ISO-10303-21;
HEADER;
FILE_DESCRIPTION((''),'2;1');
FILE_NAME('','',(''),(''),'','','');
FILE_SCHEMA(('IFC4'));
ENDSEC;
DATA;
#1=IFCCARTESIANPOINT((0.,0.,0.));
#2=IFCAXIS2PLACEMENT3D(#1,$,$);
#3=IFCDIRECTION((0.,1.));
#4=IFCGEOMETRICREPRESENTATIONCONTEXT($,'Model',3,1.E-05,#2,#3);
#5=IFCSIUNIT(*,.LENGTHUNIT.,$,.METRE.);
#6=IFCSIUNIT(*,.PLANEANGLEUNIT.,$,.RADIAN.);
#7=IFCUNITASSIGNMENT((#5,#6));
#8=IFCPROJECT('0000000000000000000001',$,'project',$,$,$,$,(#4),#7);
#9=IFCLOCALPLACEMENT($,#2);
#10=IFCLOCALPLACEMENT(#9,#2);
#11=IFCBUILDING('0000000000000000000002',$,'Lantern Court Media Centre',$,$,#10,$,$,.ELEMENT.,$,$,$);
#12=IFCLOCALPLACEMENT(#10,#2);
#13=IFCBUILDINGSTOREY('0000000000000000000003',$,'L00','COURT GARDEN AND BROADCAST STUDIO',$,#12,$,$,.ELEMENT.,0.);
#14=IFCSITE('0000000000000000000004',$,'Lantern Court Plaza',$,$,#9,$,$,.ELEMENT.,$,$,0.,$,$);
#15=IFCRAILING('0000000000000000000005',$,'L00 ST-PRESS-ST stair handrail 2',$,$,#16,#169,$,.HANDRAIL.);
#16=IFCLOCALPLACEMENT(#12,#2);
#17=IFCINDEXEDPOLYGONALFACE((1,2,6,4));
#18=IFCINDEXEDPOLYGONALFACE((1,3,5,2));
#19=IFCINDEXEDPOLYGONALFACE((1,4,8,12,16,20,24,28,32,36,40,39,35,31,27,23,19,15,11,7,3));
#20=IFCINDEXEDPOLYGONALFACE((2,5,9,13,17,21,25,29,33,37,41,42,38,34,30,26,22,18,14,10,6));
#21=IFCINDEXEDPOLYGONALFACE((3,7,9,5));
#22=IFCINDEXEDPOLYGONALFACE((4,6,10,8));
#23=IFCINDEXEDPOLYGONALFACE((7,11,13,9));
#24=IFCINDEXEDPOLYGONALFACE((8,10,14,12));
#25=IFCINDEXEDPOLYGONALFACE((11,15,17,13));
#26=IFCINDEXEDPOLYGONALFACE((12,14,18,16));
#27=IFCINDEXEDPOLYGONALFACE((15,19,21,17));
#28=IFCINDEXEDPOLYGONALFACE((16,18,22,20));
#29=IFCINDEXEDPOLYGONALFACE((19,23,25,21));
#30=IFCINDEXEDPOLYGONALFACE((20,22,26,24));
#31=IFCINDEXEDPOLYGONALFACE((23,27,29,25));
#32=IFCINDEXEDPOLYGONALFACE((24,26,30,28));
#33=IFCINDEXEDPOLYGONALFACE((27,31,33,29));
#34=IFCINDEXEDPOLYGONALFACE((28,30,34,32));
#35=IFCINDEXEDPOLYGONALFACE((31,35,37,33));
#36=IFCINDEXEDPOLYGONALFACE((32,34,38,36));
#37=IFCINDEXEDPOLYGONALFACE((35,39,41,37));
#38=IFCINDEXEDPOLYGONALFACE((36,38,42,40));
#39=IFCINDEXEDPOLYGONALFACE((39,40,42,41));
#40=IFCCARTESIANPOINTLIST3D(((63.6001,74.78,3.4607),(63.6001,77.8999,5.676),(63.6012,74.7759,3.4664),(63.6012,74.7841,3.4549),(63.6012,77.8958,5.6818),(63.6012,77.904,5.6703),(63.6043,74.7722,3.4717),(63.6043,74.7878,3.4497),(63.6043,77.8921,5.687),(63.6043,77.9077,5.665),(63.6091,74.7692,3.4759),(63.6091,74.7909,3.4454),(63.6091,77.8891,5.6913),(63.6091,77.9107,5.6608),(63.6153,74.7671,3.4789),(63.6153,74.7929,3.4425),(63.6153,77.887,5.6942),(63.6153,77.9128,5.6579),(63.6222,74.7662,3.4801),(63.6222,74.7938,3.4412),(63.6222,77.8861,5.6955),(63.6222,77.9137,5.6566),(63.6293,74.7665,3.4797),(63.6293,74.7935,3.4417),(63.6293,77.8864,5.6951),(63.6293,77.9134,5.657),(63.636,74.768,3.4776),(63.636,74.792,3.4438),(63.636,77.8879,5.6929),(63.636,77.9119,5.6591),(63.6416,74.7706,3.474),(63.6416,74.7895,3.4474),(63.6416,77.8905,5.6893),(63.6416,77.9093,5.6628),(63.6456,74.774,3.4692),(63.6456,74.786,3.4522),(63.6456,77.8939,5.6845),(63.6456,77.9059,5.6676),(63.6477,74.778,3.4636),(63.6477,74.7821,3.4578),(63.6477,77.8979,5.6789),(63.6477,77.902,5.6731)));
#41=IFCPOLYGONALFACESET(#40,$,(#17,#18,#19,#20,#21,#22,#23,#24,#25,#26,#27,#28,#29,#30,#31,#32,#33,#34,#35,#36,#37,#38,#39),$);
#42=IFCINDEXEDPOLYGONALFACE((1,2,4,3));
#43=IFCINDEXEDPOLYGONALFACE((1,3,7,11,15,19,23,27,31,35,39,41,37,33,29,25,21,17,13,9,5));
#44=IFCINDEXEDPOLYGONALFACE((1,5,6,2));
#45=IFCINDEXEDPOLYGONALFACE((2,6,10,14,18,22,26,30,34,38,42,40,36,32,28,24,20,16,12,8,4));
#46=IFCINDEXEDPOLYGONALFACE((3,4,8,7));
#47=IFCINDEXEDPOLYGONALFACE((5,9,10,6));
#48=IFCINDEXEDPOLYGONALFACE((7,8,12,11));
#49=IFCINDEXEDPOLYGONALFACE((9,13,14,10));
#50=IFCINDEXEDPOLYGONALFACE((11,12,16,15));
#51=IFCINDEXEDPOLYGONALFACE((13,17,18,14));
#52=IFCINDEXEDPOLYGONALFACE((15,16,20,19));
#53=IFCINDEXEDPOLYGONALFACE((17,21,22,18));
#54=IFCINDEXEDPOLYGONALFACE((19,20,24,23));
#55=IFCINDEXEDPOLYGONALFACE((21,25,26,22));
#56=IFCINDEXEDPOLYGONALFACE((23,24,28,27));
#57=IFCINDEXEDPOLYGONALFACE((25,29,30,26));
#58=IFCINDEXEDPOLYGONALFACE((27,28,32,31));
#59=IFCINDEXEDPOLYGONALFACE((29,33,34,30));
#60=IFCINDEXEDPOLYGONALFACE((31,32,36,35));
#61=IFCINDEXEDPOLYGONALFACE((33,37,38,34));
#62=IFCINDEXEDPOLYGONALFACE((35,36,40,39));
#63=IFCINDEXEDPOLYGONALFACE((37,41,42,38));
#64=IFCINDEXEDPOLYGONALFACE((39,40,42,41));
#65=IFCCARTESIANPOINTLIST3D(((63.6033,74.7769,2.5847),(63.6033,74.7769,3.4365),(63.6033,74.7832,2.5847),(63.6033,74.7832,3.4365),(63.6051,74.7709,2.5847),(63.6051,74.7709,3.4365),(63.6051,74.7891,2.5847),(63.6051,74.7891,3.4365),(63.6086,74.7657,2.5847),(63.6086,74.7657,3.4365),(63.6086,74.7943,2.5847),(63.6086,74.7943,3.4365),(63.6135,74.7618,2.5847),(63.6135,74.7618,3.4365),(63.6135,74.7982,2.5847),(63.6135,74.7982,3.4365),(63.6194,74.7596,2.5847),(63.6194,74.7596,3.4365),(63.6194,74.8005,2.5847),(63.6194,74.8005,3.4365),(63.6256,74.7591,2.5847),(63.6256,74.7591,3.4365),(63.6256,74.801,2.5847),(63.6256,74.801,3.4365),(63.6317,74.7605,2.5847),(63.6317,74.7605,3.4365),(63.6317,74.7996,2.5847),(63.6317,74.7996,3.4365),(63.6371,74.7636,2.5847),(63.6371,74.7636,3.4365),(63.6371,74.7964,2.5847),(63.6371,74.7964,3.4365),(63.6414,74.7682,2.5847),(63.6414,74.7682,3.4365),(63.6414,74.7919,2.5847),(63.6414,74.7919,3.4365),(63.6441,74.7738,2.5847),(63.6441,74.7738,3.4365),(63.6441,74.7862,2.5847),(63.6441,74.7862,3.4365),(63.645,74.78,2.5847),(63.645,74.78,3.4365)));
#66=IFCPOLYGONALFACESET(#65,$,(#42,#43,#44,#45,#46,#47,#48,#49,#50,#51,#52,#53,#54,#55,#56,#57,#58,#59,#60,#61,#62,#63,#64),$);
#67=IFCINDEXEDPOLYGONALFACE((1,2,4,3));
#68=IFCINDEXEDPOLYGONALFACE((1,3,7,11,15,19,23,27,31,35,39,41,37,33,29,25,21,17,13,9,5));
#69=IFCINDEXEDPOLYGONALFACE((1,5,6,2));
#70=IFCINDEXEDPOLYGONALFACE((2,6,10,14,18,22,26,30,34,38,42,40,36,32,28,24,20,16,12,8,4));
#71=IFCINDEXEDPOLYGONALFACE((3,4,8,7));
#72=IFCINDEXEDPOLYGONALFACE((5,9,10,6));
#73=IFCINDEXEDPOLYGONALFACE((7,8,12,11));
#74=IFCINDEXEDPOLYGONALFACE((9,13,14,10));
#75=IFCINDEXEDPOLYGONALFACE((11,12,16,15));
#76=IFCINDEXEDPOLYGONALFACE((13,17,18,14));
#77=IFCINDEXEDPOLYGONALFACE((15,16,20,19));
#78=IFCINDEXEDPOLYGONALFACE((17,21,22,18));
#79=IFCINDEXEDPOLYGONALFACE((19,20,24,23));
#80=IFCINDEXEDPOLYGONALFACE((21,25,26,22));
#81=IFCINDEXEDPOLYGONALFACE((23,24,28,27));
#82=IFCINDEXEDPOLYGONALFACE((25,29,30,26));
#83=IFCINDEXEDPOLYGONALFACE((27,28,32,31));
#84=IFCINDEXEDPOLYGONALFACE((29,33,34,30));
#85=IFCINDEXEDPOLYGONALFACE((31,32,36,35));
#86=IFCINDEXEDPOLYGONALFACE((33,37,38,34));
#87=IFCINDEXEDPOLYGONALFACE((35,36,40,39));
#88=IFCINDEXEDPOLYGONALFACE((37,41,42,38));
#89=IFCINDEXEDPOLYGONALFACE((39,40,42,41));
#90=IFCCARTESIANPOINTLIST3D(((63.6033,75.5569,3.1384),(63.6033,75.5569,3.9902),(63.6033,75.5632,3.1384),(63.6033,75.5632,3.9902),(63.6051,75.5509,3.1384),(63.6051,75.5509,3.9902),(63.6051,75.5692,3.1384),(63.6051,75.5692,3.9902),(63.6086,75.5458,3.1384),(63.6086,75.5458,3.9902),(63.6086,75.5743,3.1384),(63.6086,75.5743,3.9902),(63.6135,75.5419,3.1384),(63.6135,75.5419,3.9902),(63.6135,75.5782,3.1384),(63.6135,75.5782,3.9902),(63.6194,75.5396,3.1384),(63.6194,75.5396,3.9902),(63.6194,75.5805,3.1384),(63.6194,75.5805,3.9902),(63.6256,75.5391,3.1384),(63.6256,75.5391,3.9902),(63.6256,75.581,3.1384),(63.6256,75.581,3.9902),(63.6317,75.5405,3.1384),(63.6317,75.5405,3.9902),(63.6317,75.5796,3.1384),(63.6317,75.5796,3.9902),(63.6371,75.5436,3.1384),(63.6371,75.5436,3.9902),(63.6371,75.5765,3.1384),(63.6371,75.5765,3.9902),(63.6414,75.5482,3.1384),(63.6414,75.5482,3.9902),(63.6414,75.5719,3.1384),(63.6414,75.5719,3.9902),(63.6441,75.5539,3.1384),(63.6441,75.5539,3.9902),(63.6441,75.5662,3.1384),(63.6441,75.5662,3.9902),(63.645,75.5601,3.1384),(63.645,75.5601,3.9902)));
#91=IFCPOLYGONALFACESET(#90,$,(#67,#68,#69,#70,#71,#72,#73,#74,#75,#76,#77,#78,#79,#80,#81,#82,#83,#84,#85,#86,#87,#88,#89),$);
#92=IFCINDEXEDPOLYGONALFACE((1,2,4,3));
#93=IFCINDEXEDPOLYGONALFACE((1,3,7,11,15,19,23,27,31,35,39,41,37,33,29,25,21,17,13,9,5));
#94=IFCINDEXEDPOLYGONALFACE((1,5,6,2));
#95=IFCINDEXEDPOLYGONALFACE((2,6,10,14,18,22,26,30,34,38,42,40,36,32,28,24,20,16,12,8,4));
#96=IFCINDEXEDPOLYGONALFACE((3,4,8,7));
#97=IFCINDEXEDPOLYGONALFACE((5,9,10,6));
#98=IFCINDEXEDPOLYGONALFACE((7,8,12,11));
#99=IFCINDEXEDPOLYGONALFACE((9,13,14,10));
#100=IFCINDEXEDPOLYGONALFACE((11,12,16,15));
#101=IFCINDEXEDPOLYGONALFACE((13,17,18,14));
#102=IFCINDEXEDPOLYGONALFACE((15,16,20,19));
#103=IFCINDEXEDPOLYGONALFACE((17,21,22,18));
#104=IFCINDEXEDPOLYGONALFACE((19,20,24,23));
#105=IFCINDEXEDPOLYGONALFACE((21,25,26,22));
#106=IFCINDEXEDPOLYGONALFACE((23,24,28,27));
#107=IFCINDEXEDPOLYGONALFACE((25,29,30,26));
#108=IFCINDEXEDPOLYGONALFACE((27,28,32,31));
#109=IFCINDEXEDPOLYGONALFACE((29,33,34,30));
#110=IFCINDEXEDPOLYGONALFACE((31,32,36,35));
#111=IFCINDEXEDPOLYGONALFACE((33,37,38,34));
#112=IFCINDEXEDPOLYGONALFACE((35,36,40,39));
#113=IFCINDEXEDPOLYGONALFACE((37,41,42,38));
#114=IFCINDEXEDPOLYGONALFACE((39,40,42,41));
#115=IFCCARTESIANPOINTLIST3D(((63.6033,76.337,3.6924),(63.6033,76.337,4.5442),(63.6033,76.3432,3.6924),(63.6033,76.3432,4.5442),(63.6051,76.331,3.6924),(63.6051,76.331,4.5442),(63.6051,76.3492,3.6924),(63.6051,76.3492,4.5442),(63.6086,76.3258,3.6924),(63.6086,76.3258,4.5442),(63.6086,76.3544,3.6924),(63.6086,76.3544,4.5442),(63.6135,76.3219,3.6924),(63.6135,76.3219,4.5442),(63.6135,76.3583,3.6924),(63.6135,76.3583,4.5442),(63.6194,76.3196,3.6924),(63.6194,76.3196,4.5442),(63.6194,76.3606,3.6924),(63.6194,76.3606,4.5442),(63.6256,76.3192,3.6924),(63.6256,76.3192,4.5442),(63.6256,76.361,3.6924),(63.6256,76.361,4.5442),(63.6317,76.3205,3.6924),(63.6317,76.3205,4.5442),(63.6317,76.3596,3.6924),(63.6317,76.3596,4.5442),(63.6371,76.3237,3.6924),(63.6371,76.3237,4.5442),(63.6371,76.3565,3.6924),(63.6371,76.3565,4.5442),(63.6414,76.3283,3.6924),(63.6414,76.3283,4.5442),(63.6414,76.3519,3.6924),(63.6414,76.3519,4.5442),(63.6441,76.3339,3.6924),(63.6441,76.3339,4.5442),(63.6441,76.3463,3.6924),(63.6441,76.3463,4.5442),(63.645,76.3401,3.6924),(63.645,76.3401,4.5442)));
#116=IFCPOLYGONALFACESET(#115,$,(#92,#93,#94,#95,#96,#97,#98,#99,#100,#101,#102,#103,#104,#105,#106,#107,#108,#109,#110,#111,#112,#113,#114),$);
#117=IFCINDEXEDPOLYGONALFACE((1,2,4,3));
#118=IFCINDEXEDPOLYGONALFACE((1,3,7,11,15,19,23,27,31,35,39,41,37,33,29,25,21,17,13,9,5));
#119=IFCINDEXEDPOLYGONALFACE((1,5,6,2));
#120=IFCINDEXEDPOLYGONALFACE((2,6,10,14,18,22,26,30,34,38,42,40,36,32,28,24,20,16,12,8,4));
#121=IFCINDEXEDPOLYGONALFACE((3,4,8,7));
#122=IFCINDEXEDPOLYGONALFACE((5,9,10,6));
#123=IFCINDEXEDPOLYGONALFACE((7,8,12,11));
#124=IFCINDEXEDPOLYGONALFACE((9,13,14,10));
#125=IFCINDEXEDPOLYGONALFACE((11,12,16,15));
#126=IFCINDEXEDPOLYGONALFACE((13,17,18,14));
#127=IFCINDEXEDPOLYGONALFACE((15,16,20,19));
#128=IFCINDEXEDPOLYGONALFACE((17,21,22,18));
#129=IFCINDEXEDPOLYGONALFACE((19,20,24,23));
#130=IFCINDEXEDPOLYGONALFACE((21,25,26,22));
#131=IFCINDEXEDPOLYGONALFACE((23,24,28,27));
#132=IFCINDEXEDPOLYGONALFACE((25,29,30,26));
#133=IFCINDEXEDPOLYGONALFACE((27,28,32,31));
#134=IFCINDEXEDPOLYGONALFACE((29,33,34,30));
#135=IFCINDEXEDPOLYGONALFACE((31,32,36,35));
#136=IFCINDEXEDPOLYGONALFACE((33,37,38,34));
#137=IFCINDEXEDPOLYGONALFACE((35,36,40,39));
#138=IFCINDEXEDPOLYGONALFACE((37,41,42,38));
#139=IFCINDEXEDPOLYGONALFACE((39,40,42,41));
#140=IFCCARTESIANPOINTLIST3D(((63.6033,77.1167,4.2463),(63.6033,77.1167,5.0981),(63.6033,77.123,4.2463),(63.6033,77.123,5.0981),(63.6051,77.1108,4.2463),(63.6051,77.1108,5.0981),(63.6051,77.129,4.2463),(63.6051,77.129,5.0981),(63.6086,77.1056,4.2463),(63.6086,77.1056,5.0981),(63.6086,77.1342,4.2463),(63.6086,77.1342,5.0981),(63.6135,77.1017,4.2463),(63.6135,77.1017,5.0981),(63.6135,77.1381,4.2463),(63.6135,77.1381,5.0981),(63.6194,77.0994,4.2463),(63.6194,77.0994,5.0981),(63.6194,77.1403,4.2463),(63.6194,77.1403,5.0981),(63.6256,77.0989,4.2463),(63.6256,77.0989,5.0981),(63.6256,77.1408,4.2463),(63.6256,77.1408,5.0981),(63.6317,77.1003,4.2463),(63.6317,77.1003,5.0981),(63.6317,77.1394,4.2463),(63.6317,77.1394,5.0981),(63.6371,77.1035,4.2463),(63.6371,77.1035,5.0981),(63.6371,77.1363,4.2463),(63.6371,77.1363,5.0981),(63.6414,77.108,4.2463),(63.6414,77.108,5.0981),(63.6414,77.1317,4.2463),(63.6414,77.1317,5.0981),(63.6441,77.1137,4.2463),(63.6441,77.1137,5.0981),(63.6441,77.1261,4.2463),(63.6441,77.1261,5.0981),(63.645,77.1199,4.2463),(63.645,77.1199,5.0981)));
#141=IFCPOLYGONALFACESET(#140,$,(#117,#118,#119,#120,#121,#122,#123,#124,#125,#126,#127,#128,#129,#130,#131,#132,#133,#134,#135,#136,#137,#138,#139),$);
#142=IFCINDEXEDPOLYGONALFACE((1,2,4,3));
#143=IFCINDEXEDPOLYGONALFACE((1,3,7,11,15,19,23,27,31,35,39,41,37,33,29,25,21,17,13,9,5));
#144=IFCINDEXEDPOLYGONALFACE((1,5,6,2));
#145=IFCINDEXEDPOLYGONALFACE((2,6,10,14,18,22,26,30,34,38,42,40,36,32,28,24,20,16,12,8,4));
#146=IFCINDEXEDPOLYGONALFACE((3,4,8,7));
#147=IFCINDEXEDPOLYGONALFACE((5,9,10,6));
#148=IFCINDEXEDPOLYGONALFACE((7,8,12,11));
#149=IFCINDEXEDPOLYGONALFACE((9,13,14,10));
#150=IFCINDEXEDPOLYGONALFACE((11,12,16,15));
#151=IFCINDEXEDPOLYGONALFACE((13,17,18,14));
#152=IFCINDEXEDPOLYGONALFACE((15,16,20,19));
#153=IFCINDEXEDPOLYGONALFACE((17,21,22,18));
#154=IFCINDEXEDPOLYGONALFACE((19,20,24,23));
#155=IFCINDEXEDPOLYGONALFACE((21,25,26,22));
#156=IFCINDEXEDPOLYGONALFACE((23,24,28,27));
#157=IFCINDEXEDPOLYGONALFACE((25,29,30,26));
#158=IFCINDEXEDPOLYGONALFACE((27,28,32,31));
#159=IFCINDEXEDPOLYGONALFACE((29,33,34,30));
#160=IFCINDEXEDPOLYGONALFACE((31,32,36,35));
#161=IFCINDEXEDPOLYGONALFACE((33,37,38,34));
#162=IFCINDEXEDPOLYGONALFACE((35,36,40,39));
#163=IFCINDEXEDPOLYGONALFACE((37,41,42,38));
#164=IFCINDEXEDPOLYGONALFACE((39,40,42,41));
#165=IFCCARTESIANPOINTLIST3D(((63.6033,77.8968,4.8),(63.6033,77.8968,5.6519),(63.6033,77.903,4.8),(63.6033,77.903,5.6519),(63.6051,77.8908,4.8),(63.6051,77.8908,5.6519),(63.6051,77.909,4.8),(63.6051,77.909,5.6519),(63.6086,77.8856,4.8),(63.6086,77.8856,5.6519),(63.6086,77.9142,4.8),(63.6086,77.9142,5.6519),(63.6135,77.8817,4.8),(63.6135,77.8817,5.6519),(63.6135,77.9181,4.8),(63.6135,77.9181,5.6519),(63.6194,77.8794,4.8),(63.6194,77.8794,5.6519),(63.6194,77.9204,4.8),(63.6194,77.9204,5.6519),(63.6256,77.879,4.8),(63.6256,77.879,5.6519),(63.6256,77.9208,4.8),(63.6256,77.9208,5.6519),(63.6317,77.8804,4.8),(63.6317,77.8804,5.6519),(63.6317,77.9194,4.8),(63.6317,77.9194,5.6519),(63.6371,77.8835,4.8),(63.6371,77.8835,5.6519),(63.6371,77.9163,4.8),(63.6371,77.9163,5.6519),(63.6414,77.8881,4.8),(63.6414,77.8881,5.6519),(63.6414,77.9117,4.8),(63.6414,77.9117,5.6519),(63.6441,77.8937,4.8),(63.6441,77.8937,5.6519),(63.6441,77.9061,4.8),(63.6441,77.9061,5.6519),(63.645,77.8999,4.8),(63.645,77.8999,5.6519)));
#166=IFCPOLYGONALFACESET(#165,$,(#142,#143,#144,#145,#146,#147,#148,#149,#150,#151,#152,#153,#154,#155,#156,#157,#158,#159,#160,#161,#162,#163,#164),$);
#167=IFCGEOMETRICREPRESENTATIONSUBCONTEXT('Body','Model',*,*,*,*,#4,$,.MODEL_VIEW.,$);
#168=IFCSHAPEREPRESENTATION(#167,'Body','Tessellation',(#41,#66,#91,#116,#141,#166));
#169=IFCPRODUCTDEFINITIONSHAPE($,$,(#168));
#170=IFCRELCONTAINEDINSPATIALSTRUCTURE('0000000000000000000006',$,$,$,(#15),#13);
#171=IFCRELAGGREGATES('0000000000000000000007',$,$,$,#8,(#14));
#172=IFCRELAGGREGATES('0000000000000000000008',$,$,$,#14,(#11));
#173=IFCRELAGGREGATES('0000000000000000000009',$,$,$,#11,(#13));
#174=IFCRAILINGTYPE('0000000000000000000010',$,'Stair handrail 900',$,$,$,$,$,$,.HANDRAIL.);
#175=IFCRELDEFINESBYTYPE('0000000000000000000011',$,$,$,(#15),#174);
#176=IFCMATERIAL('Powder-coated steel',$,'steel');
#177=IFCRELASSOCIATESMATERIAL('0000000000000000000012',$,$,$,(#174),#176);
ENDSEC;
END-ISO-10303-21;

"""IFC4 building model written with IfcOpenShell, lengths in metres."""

from ifc_helpers import new_model, si_unit, direction, frame, origin, origin_2d, place, context, subcontext, project, spatial, circle, extrude, material, type_object, element, save


model = new_model("IFC4")

# Units and contexts
model_context = context("Model", 3, precision=1e-05, world=origin(), true_north=direction((0.0, 1.0)))
body_context = subcontext(model_context, "Body", "Model", "MODEL_VIEW")
ifc_project = project(units=[si_unit("LENGTHUNIT", "METRE"), si_unit("PLANEANGLEUNIT", "RADIAN")], contexts=[model_context])

# Site, building, storey
site_placement = place(None, origin())
site = spatial("IfcSite", under=ifc_project, at=site_placement, Name="Lantern Court Plaza", CompositionType="ELEMENT", RefElevation=0.0)
building_placement = place(site_placement, origin())
building = spatial("IfcBuilding", under=site, at=building_placement, Name="Lantern Court Media Centre", CompositionType="ELEMENT")
storey_placement = place(building_placement, origin())
storey = spatial("IfcBuildingStorey", under=building, at=storey_placement, Name="L00", Description="COURT GARDEN AND BROADCAST STUDIO", CompositionType="ELEMENT", Elevation=0.0)

# Railing
ifc_material_1 = material(Name="Powder-coated steel", Category="steel")
railing_type_1 = type_object("IfcRailingType", Name="Stair handrail 900", PredefinedType="HANDRAIL", material=ifc_material_1)
railing_1_placement = place(storey_placement, frame((63.624, 74.78, 2.5847)))
element("IfcRailing", 1, at=railing_1_placement, inside=storey, type_object=railing_type_1, Name="L00 ST-PRESS-ST stair handrail 2", PredefinedType="HANDRAIL", context=body_context, shape_type="SweptSolid", body=[
    extrude(circle(Radius=0.0239, at=origin_2d()), frame((0.0, 0.0, 0.876), z_axis=(0.0, 0.815356, 0.578961), x_axis=(-1.0, 0.0, 0.0)), (0.0, 0.0, 1.0), 3.8264),
    extrude(circle(Radius=0.021, at=origin_2d()), origin(), (0.0, 0.0, 1.0), 0.8518),
    extrude(circle(Radius=0.021, at=origin_2d()), frame((0.0, 0.78, 0.5537)), (0.0, 0.0, 1.0), 0.8518),
    extrude(circle(Radius=0.021, at=origin_2d()), frame((0.0, 1.5601, 1.1077)), (0.0, 0.0, 1.0), 0.8518),
    extrude(circle(Radius=0.021, at=origin_2d()), frame((0.0, 2.3398, 1.6616)), (0.0, 0.0, 1.0), 0.8518),
    extrude(circle(Radius=0.021, at=origin_2d()), frame((0.0, 3.1199, 2.2153)), (0.0, 0.0, 1.0), 0.8518),
])

save(model, "model.ifc")
